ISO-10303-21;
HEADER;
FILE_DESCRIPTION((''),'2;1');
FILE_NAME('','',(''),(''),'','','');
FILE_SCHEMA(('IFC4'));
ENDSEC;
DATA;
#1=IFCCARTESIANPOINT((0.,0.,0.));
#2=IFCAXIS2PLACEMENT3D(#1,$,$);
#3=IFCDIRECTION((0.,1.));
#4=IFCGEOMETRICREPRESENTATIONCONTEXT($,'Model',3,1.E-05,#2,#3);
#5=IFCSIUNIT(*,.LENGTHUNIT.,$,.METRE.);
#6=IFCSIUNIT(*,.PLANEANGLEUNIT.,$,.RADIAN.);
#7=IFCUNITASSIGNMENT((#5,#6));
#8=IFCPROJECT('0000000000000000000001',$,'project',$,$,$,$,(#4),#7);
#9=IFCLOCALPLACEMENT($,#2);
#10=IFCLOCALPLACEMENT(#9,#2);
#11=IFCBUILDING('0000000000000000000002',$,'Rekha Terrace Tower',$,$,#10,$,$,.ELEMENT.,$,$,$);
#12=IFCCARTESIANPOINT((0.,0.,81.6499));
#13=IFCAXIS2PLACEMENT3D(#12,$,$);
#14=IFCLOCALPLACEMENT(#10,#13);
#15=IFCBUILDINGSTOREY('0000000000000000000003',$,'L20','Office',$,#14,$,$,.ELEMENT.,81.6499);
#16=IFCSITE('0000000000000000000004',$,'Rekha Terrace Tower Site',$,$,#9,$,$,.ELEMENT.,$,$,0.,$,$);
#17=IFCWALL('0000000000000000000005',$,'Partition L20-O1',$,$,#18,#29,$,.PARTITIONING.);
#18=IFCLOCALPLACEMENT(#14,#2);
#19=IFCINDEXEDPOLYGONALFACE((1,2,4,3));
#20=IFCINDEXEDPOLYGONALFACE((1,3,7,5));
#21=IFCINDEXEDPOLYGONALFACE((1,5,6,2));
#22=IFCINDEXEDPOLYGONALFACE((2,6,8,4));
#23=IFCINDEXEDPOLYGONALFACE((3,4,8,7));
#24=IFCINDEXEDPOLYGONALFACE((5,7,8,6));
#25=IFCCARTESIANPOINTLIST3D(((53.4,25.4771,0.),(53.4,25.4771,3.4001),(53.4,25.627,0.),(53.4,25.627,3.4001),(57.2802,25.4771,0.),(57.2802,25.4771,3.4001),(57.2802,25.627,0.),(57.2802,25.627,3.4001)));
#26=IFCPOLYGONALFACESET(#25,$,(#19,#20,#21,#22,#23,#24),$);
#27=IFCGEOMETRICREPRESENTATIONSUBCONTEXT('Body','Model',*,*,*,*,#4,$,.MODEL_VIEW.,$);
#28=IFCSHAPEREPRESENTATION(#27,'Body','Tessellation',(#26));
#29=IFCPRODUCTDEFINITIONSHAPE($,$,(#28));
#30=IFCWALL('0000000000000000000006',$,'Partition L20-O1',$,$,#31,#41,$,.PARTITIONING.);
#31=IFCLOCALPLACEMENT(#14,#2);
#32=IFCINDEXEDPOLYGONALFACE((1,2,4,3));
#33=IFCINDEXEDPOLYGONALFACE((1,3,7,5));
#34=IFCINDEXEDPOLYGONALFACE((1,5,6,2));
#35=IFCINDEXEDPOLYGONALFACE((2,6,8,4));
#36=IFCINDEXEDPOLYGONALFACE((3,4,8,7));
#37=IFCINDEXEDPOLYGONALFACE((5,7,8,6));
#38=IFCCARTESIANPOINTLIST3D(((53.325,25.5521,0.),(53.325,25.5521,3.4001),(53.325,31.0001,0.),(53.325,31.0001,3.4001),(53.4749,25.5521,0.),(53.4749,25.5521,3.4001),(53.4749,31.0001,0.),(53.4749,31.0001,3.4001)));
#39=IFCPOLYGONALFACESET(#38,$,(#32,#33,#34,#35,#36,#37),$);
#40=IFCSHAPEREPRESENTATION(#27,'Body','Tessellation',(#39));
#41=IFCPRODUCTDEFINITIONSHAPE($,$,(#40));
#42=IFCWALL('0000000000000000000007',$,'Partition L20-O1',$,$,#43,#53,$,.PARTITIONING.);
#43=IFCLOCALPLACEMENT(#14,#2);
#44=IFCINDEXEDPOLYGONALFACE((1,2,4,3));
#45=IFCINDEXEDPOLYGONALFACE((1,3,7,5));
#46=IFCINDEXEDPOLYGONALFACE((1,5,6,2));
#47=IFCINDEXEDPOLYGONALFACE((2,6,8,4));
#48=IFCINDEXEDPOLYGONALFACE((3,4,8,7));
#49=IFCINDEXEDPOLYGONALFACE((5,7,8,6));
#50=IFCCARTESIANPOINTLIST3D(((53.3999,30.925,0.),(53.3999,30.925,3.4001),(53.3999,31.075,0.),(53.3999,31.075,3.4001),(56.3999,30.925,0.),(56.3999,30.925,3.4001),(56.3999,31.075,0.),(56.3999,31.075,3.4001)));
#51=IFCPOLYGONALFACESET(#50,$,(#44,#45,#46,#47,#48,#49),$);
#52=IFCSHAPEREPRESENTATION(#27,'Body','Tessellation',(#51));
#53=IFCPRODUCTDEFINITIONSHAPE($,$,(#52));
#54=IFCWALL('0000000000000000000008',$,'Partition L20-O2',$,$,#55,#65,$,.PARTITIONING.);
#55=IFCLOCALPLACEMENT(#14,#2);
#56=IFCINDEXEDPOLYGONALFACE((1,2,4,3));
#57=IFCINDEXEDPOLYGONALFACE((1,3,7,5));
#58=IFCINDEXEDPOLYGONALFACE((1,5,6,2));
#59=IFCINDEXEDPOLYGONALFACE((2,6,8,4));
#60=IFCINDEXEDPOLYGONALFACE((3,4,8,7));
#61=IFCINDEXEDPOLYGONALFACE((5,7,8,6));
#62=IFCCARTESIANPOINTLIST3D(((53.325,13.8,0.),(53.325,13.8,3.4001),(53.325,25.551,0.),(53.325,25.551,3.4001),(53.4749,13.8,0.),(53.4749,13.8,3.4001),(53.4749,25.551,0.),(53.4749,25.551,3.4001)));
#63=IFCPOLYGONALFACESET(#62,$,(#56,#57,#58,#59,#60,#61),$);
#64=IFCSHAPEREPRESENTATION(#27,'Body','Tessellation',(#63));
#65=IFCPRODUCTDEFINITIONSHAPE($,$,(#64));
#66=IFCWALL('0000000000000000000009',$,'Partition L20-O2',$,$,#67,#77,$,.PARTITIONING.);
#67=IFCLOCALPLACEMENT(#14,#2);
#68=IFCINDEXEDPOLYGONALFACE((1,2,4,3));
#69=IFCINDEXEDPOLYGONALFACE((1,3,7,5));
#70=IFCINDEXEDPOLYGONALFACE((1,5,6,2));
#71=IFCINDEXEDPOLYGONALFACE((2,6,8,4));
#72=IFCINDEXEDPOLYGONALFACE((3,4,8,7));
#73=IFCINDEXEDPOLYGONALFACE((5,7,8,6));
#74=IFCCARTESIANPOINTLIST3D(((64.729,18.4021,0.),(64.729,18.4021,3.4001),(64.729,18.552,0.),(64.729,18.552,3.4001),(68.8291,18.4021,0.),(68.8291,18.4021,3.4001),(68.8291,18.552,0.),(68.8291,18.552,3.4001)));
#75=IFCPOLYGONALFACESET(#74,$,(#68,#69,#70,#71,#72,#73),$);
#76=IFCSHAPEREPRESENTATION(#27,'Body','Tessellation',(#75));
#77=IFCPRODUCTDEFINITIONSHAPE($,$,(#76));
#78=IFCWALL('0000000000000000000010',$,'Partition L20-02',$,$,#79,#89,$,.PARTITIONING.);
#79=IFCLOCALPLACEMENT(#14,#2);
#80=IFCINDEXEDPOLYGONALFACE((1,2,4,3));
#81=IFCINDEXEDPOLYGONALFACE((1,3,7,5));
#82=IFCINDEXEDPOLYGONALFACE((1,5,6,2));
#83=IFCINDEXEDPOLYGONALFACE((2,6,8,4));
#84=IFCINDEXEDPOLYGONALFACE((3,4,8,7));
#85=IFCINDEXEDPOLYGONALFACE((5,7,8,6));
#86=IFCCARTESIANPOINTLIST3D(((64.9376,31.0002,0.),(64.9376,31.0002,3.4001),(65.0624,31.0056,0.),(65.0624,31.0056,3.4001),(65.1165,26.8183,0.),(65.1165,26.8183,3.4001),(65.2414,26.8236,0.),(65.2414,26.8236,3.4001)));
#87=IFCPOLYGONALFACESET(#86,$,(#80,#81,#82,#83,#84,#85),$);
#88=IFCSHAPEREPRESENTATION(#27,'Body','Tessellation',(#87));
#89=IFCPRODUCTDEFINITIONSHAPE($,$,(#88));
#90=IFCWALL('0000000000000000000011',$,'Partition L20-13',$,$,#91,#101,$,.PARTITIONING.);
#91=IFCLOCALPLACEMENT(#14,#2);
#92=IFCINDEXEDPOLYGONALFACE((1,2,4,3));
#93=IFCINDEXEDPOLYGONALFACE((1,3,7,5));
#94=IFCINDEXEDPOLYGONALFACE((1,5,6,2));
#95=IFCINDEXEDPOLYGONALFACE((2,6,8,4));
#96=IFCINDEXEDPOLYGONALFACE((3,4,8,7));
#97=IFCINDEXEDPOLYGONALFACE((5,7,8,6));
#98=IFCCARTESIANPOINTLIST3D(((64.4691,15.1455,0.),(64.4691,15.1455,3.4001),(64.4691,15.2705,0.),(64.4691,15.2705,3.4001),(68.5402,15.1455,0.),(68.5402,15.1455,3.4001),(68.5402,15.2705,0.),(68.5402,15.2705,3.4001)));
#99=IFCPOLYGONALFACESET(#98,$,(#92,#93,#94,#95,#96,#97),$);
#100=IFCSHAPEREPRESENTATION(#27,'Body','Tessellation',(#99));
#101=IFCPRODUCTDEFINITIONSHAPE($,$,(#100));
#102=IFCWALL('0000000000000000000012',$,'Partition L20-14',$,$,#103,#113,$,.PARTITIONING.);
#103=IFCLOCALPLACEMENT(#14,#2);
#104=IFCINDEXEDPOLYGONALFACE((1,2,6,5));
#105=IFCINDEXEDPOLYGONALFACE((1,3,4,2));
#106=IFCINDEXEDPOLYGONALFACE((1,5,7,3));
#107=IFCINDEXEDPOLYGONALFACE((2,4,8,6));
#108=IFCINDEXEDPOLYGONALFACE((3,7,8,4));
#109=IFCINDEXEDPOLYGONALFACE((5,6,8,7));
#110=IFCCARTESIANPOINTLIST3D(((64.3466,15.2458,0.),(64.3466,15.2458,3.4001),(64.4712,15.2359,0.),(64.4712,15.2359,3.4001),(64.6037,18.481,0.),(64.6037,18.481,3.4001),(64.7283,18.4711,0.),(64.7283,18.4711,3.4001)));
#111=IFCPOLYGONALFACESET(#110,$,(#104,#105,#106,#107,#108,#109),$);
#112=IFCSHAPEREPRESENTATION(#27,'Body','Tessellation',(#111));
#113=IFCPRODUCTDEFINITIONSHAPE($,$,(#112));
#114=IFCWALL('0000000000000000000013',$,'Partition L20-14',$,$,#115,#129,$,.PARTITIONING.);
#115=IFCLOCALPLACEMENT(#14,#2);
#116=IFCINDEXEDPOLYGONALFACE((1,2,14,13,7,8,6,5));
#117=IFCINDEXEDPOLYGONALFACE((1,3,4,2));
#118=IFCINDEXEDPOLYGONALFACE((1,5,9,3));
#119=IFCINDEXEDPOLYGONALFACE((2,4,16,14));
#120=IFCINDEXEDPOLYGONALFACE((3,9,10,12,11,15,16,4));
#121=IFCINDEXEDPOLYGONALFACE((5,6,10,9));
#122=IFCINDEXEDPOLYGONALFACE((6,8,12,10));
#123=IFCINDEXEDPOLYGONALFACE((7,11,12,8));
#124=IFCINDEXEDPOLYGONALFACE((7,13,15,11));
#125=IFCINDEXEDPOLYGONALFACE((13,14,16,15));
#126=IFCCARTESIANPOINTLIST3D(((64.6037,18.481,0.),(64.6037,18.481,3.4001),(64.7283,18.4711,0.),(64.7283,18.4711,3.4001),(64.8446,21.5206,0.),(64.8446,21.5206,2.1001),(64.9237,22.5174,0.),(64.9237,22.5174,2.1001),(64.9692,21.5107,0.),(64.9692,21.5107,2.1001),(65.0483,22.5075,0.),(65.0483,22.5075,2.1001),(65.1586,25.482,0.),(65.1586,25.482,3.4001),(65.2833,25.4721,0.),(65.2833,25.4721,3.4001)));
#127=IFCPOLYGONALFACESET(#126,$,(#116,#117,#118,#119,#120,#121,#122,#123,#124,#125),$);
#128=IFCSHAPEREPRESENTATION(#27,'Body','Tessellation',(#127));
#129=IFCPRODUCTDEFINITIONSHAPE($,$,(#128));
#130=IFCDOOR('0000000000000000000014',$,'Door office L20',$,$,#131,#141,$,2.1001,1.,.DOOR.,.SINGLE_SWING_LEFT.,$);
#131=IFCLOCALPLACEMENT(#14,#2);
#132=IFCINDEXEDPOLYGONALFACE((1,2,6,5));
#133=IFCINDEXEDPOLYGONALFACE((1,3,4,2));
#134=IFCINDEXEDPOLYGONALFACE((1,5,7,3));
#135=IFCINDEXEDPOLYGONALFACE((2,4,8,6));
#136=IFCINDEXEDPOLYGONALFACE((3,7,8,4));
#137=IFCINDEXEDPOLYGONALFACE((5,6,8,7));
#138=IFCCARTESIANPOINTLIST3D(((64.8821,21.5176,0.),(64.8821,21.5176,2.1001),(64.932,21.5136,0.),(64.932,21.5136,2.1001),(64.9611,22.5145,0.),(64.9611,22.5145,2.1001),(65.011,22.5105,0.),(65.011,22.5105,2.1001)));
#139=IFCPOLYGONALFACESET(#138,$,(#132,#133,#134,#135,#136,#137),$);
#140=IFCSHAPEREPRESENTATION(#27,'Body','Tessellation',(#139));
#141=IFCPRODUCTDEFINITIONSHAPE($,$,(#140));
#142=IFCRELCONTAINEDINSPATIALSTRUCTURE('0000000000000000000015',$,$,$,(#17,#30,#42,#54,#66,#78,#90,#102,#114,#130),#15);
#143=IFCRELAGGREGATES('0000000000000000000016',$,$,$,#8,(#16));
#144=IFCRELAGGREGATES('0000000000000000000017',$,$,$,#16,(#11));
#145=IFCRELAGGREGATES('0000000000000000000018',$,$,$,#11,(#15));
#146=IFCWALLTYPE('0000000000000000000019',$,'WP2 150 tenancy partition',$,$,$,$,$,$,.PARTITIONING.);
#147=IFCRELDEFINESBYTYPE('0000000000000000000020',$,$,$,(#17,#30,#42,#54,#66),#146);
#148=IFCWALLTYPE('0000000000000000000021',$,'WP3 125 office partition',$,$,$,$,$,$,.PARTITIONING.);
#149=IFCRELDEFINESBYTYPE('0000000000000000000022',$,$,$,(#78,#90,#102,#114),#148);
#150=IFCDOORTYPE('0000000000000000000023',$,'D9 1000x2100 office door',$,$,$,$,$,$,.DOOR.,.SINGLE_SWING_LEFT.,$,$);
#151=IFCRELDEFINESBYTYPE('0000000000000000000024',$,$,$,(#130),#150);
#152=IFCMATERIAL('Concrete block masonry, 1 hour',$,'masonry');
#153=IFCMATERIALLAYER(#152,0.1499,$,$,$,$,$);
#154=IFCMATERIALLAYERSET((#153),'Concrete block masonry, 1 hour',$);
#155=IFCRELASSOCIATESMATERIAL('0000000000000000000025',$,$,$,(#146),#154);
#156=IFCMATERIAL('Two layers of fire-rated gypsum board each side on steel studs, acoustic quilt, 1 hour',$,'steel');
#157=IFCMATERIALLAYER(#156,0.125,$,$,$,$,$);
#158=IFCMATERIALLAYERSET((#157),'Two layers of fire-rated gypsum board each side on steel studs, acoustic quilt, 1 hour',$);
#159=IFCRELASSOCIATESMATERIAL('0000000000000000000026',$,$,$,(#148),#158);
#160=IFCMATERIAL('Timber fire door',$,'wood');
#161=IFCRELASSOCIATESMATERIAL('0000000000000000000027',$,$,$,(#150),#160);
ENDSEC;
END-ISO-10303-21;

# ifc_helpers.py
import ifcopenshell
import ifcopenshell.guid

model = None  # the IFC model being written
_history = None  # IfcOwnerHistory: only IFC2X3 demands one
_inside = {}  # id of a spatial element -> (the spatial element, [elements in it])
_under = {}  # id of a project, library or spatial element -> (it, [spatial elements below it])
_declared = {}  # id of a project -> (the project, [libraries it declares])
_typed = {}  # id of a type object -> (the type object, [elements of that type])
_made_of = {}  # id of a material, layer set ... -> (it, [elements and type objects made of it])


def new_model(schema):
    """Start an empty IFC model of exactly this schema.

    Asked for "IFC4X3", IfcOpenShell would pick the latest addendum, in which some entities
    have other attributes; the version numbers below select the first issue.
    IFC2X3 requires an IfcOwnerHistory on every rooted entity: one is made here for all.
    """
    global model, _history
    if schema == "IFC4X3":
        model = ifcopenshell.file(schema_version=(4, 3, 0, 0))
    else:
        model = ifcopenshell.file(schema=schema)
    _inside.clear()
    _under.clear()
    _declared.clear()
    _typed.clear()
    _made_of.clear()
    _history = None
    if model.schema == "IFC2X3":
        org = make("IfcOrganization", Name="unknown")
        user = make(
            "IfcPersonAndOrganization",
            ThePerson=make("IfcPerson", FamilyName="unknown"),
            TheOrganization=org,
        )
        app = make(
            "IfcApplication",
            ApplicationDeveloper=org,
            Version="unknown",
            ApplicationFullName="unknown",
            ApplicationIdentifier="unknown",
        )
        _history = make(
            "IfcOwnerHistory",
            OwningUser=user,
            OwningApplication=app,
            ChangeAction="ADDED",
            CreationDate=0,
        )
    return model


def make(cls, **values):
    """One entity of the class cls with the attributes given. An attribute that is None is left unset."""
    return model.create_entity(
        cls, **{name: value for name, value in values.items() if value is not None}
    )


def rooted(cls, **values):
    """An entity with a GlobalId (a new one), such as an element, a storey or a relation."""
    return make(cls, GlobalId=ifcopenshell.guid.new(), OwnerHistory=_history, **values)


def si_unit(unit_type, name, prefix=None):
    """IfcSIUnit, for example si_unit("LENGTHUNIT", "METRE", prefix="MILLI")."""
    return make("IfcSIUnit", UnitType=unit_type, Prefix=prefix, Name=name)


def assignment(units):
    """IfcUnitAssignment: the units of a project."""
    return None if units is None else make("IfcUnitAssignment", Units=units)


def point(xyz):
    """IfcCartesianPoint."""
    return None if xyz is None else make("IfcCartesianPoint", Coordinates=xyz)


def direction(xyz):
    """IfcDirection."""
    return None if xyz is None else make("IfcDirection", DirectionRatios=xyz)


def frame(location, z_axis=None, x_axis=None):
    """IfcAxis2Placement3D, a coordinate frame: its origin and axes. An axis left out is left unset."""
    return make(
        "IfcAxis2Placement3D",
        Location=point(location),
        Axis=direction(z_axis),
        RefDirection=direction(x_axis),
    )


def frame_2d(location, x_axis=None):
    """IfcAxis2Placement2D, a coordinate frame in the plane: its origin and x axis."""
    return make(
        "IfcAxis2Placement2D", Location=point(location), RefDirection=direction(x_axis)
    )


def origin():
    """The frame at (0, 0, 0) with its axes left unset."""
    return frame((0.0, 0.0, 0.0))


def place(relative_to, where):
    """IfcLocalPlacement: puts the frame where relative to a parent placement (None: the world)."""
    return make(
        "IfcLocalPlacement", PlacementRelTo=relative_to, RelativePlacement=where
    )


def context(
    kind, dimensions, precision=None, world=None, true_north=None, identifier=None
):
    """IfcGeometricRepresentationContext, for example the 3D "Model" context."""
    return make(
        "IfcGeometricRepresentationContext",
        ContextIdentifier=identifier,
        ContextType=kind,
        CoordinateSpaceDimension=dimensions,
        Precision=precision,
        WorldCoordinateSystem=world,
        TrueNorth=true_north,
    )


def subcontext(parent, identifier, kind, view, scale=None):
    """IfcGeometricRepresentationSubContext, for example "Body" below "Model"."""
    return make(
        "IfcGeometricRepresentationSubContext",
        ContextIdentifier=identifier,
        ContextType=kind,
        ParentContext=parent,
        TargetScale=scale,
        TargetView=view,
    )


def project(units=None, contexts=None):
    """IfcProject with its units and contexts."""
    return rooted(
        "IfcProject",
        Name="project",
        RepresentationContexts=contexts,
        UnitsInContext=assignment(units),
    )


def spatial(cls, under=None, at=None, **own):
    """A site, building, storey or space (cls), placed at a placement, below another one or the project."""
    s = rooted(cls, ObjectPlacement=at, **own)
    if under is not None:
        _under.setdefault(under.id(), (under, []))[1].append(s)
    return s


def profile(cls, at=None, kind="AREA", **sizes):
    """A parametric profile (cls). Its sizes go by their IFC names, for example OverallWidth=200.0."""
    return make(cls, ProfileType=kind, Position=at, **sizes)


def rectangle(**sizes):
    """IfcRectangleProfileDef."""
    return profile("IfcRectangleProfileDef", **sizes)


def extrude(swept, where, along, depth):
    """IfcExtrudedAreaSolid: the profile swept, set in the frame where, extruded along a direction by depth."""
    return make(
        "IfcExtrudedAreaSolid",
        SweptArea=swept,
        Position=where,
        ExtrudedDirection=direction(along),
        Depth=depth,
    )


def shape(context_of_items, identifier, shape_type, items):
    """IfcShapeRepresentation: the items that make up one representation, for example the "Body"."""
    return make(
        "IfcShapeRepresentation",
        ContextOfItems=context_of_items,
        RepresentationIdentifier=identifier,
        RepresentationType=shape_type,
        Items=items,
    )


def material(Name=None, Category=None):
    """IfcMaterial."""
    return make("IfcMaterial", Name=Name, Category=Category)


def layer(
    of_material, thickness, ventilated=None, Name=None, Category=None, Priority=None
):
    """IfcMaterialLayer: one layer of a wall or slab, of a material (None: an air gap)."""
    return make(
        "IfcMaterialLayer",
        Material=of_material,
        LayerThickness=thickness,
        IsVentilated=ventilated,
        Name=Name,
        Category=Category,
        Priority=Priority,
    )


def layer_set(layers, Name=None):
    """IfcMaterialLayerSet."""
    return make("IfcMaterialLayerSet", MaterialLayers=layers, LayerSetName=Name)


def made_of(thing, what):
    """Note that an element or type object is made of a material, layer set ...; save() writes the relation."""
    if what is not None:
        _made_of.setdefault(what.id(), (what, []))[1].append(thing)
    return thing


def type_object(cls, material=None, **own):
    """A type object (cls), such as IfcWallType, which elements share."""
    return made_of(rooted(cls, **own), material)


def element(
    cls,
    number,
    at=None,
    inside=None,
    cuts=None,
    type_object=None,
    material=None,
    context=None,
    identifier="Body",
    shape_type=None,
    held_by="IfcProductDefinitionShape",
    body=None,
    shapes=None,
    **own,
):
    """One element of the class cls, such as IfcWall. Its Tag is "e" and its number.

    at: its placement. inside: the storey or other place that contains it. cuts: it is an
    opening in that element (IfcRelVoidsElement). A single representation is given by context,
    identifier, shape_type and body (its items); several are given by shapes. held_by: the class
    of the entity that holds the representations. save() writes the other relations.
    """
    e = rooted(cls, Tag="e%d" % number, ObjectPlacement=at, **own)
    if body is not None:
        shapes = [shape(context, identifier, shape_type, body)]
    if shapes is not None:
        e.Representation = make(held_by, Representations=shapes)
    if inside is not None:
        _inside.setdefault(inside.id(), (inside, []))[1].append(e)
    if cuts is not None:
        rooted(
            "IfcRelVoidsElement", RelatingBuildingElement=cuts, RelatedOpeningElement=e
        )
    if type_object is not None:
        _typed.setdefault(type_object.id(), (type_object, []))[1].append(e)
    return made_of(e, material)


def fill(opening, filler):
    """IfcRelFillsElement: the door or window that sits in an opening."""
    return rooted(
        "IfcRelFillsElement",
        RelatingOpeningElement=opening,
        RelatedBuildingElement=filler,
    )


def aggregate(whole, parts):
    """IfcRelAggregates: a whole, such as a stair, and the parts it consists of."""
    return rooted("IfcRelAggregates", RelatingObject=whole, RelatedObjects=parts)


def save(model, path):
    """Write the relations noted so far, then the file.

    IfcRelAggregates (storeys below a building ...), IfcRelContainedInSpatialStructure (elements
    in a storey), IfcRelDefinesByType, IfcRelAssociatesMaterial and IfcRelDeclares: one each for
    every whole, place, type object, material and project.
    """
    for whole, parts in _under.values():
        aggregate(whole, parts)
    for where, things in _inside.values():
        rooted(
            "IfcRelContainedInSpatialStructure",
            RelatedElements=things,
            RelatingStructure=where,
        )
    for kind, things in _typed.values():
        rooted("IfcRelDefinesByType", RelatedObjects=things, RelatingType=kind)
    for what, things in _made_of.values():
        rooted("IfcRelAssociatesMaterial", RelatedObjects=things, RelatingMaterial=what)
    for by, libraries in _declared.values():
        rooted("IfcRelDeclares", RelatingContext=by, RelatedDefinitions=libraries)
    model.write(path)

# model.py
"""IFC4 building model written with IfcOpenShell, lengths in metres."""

from ifc_helpers import new_model, si_unit, direction, frame, frame_2d, origin, place, context, subcontext, project, spatial, rectangle, extrude, material, layer, layer_set, type_object, element, fill, save


model = new_model("IFC4")

# Units and contexts
model_context = context("Model", 3, precision=1e-05, world=origin(), true_north=direction((0.0, 1.0)))
body_context = subcontext(model_context, "Body", "Model", "MODEL_VIEW")
ifc_project = project(units=[si_unit("LENGTHUNIT", "METRE"), si_unit("PLANEANGLEUNIT", "RADIAN")], contexts=[model_context])

# Site, building, storey
site_placement = place(None, origin())
site = spatial("IfcSite", under=ifc_project, at=site_placement, Name="Rekha Terrace Tower Site", CompositionType="ELEMENT", RefElevation=0.0)
building_placement = place(site_placement, origin())
building = spatial("IfcBuilding", under=site, at=building_placement, Name="Rekha Terrace Tower", CompositionType="ELEMENT")
storey_placement = place(building_placement, frame((0.0, 0.0, 81.6499)))
storey = spatial("IfcBuildingStorey", under=building, at=storey_placement, Name="L20", Description="Office", CompositionType="ELEMENT", Elevation=81.6499)

# Walls
ifc_material_1 = material(Name="Concrete block masonry, 1 hour", Category="masonry")
ifc_layer_1 = layer(ifc_material_1, 0.1499)
ifc_layer_set_1 = layer_set([ifc_layer_1], Name="Concrete block masonry, 1 hour")
wall_type_1 = type_object("IfcWallType", Name="WP2 150 tenancy partition", PredefinedType="PARTITIONING", material=ifc_layer_set_1)
wall_1_placement = place(storey_placement, frame((57.28, 25.552, 0.0), z_axis=(0.0, 0.0, 1.0), x_axis=(-1.0, 0.0, 0.0)))
element("IfcWall", 1, at=wall_1_placement, inside=storey, type_object=wall_type_1, Name="Partition L20-O1", PredefinedType="PARTITIONING", context=body_context, shape_type="SweptSolid", body=[
    extrude(rectangle(XDim=3.8801, YDim=0.1499, at=frame_2d((1.9399, 0.0))), origin(), (0.0, 0.0, 1.0), 3.4001),
])
wall_2_placement = place(storey_placement, frame((53.3999, 25.552, 0.0), z_axis=(0.0, 0.0, 1.0), x_axis=(0.0, 1.0, 0.0)))
element("IfcWall", 2, at=wall_2_placement, inside=storey, type_object=wall_type_1, Name="Partition L20-O1", PredefinedType="PARTITIONING", context=body_context, shape_type="SweptSolid", body=[
    extrude(rectangle(XDim=5.448, YDim=0.1499, at=frame_2d((2.7241, 0.0))), origin(), (0.0, 0.0, 1.0), 3.4001),
])
wall_3_placement = place(storey_placement, frame((53.3999, 31.0, 0.0), z_axis=(0.0, 0.0, 1.0), x_axis=(1.0, 0.0, 0.0)))
element("IfcWall", 3, at=wall_3_placement, inside=storey, type_object=wall_type_1, Name="Partition L20-O1", PredefinedType="PARTITIONING", context=body_context, shape_type="SweptSolid", body=[
    extrude(rectangle(XDim=3.0, YDim=0.1499, at=frame_2d((1.5, 0.0))), origin(), (0.0, 0.0, 1.0), 3.4001),
])
wall_4_placement = place(storey_placement, frame((53.3999, 13.8, 0.0), z_axis=(0.0, 0.0, 1.0), x_axis=(0.0, 1.0, 0.0)))
element("IfcWall", 4, at=wall_4_placement, inside=storey, type_object=wall_type_1, Name="Partition L20-O2", PredefinedType="PARTITIONING", context=body_context, shape_type="SweptSolid", body=[
    extrude(rectangle(XDim=11.751, YDim=0.1499, at=frame_2d((5.8755, 0.0))), origin(), (0.0, 0.0, 1.0), 3.4001),
])
wall_5_placement = place(storey_placement, frame((64.729, 18.4771, 0.0), z_axis=(0.0, 0.0, 1.0), x_axis=(1.0, 0.0, 0.0)))
element("IfcWall", 5, at=wall_5_placement, inside=storey, type_object=wall_type_1, Name="Partition L20-O2", PredefinedType="PARTITIONING", context=body_context, shape_type="SweptSolid", body=[
    extrude(rectangle(XDim=4.1001, YDim=0.1499, at=frame_2d((2.05, 0.0))), origin(), (0.0, 0.0, 1.0), 3.4001),
])
ifc_material_2 = material(Name="Two layers of fire-rated gypsum board each side on steel studs, acoustic quilt, 1 hour", Category="steel")
ifc_layer_2 = layer(ifc_material_2, 0.125)
ifc_layer_set_2 = layer_set([ifc_layer_2], Name="Two layers of fire-rated gypsum board each side on steel studs, acoustic quilt, 1 hour")
wall_type_2 = type_object("IfcWallType", Name="WP3 125 office partition", PredefinedType="PARTITIONING", material=ifc_layer_set_2)
wall_6_placement = place(storey_placement, frame((65.179, 26.821, 0.0), z_axis=(0.0, 0.0, 1.0), x_axis=(-0.042754, 0.999086, 0.0)))
element("IfcWall", 6, at=wall_6_placement, inside=storey, type_object=wall_type_2, Name="Partition L20-02", PredefinedType="PARTITIONING", context=body_context, shape_type="SweptSolid", body=[
    extrude(rectangle(XDim=4.1858, YDim=0.125, at=frame_2d((2.0928, 0.0))), origin(), (0.0, 0.0, 1.0), 3.4001),
])
wall_7_placement = place(storey_placement, frame((64.469, 15.208, 0.0), z_axis=(0.0, 0.0, 1.0), x_axis=(1.0, 0.0, 0.0)))
element("IfcWall", 7, at=wall_7_placement, inside=storey, type_object=wall_type_2, Name="Partition L20-13", PredefinedType="PARTITIONING", context=body_context, shape_type="SweptSolid", body=[
    extrude(rectangle(XDim=4.071, YDim=0.125, at=frame_2d((2.0356, 0.0))), origin(), (0.0, 0.0, 1.0), 3.4001),
])
wall_8_placement = place(storey_placement, frame((64.4089, 15.241, 0.0), z_axis=(0.0, 0.0, 1.0), x_axis=(0.079216, 0.996857, 0.0)))
element("IfcWall", 8, at=wall_8_placement, inside=storey, type_object=wall_type_2, Name="Partition L20-14", PredefinedType="PARTITIONING", context=body_context, shape_type="SweptSolid", body=[
    extrude(rectangle(XDim=3.2454, YDim=0.125, at=frame_2d((1.6226, 0.0))), origin(), (0.0, 0.0, 1.0), 3.4001),
])

# Wall, opening, door
wall_9_placement = place(storey_placement, frame((64.666, 18.4761, 0.0), z_axis=(0.0, 0.0, 1.0), x_axis=(0.079017, 0.996873, 0.0)))
wall_9 = element("IfcWall", 9, at=wall_9_placement, inside=storey, type_object=wall_type_2, Name="Partition L20-14", PredefinedType="PARTITIONING", context=body_context, shape_type="SweptSolid", body=[
    extrude(rectangle(XDim=7.0229, YDim=0.125, at=frame_2d((3.5115, 0.0))), origin(), (0.0, 0.0, 1.0), 3.4001),
])
opening_1_placement = place(wall_9_placement, frame((3.0491, 0.0, 0.0)))
opening_1 = element("IfcOpeningElement", 10, at=opening_1_placement, cuts=wall_9, PredefinedType="OPENING", context=body_context, shape_type="SweptSolid", body=[
    extrude(rectangle(XDim=1.0, YDim=2.1001, at=frame_2d((0.5, 1.05))), frame((0.0, 0.0725, 0.0), z_axis=(0.0, -1.0, 0.0), x_axis=(1.0, 0.0, 0.0)), (0.0, 0.0, 1.0), 0.145),
])
ifc_material_3 = material(Name="Timber fire door", Category="wood")
door_type_1 = type_object("IfcDoorType", Name="D9 1000x2100 office door", OperationType="SINGLE_SWING_LEFT", PredefinedType="DOOR", material=ifc_material_3)
door_1_placement = place(opening_1_placement, origin())
door_1 = element("IfcDoor", 11, at=door_1_placement, inside=storey, type_object=door_type_1, Name="Door office L20", OperationType="SINGLE_SWING_LEFT", OverallHeight=2.1001, OverallWidth=1.0, PredefinedType="DOOR", context=body_context, shape_type="SweptSolid", body=[
    extrude(rectangle(XDim=1.0, YDim=2.1001, at=frame_2d((0.5, 1.05))), frame((0.0, 0.0249, 0.0), z_axis=(0.0, -1.0, 0.0), x_axis=(1.0, 0.0, 0.0)), (0.0, 0.0, 1.0), 0.05),
])
fill(opening_1, door_1)

save(model, "model.ifc")
